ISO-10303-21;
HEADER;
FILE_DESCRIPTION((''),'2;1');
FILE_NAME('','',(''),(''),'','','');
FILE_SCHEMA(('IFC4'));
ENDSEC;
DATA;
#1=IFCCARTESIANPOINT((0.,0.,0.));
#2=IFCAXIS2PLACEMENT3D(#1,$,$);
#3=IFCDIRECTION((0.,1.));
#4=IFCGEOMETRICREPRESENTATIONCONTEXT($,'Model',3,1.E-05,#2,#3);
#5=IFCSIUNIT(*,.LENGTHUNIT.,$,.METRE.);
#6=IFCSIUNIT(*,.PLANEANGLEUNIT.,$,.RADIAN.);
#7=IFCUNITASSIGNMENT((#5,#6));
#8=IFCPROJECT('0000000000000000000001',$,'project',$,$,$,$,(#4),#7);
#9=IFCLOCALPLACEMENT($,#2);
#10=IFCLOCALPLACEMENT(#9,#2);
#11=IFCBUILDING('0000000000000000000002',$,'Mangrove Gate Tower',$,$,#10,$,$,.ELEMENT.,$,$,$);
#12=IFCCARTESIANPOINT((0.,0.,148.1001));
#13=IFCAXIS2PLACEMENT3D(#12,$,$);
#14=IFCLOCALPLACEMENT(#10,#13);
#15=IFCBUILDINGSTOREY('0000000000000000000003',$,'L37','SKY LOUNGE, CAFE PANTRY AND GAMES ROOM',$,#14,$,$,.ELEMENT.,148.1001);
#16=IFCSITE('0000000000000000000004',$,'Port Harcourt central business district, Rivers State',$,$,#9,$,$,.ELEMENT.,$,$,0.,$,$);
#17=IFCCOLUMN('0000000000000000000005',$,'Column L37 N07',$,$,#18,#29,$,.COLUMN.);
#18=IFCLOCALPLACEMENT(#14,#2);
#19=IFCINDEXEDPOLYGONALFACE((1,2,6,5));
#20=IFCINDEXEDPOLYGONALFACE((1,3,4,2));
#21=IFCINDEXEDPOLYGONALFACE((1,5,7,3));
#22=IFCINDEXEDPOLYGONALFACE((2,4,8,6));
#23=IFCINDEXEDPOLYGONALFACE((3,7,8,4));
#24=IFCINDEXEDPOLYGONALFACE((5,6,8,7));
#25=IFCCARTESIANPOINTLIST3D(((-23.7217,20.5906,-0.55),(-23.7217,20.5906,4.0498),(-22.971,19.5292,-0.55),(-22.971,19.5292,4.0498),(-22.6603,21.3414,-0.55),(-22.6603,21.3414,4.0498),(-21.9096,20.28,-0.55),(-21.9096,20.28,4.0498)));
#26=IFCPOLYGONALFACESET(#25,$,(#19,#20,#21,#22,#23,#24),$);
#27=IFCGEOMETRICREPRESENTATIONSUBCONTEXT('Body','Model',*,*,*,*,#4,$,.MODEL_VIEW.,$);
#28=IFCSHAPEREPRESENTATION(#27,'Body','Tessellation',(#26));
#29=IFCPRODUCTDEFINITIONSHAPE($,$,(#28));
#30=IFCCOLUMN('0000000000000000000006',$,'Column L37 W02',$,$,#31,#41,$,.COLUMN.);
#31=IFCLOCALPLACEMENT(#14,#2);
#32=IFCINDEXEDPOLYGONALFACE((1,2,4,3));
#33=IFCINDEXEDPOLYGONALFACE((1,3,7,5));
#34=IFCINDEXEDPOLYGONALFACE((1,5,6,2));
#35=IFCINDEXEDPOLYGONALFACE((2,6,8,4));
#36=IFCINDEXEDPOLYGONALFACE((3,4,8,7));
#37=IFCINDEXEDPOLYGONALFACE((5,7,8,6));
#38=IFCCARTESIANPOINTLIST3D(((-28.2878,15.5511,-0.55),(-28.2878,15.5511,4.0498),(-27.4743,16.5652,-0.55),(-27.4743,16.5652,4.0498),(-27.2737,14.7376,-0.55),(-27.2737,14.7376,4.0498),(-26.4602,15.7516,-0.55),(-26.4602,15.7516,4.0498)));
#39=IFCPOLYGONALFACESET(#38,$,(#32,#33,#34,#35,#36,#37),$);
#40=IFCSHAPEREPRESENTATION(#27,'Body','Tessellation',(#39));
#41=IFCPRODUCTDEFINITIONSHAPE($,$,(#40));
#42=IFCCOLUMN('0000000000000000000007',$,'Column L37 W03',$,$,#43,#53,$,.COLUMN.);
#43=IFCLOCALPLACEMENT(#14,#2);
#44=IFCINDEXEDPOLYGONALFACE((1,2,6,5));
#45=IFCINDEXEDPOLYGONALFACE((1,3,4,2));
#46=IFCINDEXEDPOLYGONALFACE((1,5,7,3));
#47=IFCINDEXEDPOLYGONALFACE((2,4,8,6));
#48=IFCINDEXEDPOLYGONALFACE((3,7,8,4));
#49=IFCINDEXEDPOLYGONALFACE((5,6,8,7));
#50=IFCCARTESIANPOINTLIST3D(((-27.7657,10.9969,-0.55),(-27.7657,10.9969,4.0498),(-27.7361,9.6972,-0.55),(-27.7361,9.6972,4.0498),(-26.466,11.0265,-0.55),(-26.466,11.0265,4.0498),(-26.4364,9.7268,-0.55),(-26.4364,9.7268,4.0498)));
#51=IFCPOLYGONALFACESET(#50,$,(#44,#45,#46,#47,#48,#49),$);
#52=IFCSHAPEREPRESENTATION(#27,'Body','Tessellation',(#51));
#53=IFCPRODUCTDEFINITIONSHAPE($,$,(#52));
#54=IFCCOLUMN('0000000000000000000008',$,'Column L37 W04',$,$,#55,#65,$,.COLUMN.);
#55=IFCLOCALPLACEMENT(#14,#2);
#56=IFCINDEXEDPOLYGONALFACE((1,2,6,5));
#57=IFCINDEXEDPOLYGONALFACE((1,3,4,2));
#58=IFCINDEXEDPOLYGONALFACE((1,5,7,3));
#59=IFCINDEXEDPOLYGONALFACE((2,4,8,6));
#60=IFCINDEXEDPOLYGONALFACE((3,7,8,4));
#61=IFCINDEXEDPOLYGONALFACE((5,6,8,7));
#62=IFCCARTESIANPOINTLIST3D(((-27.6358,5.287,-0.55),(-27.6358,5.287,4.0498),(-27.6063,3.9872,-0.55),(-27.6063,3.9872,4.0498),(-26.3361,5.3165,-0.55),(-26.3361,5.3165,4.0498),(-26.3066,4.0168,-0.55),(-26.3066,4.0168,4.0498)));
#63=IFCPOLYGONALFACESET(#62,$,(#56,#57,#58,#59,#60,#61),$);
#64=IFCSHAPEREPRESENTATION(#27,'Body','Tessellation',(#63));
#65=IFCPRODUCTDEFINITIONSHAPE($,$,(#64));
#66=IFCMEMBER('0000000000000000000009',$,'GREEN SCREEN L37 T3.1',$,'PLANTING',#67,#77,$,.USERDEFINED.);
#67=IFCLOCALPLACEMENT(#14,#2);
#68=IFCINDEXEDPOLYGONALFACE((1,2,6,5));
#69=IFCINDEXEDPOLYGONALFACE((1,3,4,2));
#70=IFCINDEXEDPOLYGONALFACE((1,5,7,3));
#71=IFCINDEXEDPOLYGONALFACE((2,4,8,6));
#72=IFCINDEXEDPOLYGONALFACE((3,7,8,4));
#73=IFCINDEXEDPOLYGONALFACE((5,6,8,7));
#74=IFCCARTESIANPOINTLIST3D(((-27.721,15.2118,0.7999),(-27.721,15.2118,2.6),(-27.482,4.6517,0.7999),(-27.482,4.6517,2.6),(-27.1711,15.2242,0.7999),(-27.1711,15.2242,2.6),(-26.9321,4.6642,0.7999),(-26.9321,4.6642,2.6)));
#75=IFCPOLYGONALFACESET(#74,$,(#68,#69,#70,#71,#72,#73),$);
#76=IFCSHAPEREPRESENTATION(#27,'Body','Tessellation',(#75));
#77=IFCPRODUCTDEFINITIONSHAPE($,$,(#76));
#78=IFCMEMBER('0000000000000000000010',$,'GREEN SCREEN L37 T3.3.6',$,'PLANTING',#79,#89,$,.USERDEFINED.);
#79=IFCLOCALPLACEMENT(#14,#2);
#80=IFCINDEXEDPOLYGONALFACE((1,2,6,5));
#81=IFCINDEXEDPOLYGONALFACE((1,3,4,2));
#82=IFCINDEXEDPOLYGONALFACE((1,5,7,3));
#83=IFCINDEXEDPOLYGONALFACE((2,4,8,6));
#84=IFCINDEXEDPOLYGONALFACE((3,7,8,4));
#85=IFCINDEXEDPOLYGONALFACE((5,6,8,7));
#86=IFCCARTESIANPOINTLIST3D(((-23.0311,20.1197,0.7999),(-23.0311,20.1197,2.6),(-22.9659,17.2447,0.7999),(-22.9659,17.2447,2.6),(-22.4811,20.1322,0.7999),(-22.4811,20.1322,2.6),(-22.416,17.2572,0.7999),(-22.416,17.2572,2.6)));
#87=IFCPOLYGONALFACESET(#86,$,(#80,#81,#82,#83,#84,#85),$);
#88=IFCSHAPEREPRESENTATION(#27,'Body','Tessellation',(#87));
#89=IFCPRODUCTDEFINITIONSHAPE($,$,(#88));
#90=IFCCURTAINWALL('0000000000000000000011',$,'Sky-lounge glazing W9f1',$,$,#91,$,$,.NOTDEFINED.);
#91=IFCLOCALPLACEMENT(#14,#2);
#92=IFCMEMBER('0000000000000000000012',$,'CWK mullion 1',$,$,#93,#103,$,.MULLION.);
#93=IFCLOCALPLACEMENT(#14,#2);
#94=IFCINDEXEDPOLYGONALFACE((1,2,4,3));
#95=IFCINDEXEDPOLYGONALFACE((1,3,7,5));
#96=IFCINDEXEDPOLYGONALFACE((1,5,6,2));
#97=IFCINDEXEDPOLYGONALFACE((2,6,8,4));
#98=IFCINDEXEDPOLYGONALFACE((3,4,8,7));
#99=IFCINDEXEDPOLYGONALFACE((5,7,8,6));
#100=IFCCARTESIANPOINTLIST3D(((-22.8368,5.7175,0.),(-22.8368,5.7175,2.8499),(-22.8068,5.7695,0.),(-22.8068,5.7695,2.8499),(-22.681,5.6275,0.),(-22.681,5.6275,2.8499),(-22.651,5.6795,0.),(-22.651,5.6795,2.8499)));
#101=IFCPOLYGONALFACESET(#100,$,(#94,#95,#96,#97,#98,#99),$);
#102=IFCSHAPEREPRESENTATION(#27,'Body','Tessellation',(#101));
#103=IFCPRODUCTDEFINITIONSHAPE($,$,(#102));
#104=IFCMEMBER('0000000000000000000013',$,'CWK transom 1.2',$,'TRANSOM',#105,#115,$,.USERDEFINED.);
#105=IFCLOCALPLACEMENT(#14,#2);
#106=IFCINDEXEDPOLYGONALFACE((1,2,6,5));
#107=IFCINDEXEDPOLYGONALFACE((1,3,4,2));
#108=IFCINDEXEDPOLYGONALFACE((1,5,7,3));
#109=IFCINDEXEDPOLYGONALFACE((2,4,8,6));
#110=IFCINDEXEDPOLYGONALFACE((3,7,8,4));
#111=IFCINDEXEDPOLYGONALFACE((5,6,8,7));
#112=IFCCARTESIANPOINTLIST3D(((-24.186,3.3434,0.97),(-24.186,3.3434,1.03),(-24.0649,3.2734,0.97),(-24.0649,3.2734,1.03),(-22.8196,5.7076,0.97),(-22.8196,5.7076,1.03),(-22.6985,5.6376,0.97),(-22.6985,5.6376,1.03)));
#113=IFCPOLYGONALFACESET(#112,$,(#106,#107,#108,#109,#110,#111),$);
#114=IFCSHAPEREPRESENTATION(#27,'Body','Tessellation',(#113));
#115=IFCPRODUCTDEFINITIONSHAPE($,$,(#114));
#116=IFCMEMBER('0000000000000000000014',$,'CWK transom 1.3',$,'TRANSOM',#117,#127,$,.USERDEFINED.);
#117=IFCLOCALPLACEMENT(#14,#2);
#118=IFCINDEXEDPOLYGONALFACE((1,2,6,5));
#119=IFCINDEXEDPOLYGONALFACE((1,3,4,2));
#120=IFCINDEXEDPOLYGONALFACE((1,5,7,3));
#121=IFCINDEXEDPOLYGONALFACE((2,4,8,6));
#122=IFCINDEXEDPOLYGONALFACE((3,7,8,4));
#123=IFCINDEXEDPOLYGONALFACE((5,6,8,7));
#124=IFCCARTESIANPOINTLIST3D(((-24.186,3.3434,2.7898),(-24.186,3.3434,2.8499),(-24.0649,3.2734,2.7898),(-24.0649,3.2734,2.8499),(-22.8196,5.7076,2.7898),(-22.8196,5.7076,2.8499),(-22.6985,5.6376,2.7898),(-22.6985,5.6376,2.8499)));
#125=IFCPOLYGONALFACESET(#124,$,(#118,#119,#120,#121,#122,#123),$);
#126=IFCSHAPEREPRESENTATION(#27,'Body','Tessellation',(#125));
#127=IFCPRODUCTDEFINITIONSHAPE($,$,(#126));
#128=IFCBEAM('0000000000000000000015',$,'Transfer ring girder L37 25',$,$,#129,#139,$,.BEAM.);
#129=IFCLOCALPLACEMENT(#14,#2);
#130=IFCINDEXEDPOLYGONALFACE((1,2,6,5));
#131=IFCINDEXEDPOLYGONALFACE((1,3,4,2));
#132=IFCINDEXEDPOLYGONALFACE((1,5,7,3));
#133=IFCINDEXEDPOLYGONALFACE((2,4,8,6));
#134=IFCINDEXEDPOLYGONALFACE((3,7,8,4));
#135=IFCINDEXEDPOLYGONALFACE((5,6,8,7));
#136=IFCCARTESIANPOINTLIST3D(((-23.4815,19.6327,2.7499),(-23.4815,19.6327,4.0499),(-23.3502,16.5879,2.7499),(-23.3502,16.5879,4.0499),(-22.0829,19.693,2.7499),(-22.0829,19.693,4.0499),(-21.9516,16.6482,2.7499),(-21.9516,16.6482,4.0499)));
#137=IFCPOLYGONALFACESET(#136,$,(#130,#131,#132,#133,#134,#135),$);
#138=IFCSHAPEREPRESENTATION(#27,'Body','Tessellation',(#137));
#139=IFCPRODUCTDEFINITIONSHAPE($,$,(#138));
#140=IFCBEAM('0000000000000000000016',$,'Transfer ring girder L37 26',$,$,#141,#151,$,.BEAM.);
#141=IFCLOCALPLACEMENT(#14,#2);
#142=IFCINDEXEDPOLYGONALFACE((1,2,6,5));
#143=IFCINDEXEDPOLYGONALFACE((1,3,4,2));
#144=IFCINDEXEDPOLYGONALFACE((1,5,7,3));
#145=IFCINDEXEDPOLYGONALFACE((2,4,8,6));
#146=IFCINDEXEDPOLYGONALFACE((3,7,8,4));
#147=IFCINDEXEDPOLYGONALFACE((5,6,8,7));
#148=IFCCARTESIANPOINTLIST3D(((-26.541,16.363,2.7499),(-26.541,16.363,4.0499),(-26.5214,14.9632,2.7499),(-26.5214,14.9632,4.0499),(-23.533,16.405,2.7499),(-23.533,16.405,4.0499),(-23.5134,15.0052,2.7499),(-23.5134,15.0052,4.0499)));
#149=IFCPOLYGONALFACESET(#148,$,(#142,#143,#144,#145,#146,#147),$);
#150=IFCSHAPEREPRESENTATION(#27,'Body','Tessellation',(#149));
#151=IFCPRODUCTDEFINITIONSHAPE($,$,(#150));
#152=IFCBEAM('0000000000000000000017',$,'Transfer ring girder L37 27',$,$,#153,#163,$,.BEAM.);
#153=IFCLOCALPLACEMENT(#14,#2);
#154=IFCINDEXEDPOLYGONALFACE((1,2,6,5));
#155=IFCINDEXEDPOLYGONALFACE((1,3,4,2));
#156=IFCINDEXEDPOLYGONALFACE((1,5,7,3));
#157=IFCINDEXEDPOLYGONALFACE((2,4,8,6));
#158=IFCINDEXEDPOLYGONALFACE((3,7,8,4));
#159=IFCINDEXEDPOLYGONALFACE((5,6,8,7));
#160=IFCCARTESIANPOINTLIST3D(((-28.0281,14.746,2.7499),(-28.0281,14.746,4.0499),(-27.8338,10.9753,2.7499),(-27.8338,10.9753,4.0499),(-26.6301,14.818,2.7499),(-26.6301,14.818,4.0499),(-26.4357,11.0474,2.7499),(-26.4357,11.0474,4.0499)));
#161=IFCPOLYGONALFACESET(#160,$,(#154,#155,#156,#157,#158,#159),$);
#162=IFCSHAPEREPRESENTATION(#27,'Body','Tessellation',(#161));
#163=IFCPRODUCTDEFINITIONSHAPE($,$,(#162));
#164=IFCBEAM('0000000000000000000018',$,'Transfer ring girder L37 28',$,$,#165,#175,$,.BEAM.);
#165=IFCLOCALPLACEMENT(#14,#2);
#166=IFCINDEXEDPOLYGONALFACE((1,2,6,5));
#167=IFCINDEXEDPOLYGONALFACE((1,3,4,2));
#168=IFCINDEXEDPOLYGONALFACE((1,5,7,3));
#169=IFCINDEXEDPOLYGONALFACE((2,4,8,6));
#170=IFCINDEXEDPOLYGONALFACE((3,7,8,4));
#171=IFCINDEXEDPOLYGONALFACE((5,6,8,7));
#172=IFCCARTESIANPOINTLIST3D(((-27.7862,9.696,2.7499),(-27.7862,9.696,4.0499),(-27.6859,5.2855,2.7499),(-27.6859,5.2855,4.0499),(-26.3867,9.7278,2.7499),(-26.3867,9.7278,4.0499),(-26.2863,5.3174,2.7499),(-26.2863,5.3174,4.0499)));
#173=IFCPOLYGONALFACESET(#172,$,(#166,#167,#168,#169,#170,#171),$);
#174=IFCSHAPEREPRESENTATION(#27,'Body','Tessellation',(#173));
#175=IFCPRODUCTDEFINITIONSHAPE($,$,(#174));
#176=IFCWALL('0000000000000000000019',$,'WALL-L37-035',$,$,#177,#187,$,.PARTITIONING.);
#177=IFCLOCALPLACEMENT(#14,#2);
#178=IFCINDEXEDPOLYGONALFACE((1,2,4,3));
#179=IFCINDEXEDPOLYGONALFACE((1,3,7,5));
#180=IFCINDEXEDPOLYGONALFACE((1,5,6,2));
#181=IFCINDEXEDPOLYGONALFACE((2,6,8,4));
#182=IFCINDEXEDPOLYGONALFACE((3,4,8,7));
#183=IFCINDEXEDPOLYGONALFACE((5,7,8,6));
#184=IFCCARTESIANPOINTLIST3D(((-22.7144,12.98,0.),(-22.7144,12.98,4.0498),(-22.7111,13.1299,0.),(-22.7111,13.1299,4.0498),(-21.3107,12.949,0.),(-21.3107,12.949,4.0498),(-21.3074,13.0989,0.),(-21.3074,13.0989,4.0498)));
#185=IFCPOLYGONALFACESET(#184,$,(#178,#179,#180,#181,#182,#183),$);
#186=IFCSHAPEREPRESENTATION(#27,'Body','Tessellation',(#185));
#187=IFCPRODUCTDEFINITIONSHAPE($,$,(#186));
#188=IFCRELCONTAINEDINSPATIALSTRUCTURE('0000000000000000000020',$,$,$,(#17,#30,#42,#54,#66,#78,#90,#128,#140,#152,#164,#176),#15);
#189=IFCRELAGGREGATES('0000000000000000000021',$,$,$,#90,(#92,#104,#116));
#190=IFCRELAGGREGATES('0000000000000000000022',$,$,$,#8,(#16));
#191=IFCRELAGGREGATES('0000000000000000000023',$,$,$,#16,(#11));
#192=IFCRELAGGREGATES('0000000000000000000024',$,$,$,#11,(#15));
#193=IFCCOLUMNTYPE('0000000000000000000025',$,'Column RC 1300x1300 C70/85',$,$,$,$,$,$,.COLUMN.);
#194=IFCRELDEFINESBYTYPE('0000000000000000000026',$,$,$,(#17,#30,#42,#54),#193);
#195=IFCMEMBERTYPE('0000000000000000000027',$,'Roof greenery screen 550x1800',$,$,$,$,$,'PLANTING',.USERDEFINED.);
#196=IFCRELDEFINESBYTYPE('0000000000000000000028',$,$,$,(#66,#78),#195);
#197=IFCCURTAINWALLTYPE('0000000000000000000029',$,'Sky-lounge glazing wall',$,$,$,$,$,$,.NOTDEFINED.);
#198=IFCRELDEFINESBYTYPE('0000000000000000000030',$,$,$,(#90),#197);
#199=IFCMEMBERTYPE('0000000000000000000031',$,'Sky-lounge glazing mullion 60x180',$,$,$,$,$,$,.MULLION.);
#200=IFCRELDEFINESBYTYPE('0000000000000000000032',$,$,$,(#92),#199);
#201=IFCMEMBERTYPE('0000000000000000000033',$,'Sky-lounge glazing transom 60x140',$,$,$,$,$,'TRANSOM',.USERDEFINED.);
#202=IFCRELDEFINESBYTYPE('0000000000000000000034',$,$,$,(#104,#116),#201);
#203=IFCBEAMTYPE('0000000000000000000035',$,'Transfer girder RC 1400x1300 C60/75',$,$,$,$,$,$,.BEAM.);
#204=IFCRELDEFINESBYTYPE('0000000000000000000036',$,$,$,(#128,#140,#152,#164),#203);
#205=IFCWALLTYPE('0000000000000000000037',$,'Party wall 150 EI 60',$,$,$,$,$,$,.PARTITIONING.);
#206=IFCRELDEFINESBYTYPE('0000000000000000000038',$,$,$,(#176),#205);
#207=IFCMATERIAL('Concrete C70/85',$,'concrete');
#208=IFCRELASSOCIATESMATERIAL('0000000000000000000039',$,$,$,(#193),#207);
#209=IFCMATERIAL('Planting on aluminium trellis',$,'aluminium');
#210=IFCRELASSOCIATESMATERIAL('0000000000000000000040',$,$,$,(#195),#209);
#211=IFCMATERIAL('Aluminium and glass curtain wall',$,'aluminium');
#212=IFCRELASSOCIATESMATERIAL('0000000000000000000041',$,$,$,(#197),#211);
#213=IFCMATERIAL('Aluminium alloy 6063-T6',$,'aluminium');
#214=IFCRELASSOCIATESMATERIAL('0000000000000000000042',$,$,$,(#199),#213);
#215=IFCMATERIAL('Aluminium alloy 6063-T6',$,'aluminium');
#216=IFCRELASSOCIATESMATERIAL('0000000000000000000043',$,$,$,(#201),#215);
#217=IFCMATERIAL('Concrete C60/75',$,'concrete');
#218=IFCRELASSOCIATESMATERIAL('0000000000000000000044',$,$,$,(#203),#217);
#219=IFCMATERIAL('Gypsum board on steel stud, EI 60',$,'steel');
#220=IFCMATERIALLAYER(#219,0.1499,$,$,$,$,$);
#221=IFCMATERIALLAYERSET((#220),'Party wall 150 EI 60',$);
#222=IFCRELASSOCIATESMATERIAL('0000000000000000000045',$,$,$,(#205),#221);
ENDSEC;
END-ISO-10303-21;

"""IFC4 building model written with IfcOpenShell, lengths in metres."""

from ifc_helpers import new_model, si_unit, direction, frame, frame_2d, origin, origin_2d, place, context, subcontext, project, spatial, rectangle, extrude, material, layer, layer_set, material_profile, profile_set, type_object, element, aggregate, save


model = new_model("IFC4")

# Units and contexts
model_context = context("Model", 3, precision=1e-05, world=origin(), true_north=direction((0.0, 1.0)))
body_context = subcontext(model_context, "Body", "Model", "MODEL_VIEW")
ifc_project = project(units=[si_unit("LENGTHUNIT", "METRE"), si_unit("PLANEANGLEUNIT", "RADIAN")], contexts=[model_context])

# Site, building, storey
site_placement = place(None, origin())
site = spatial("IfcSite", under=ifc_project, at=site_placement, Name="Port Harcourt central business district, Rivers State", CompositionType="ELEMENT", RefElevation=0.0)
building_placement = place(site_placement, origin())
building = spatial("IfcBuilding", under=site, at=building_placement, Name="Mangrove Gate Tower", CompositionType="ELEMENT")
storey_placement = place(building_placement, frame((0.0, 0.0, 148.1001)))
storey = spatial("IfcBuildingStorey", under=building, at=storey_placement, Name="L37", Description="SKY LOUNGE, CAFE PANTRY AND GAMES ROOM", CompositionType="ELEMENT", Elevation=148.1001)

# Columns
ifc_material_1 = material(Name="Concrete C70/85", Category="concrete")
ifc_material_profile_1 = material_profile(ifc_material_1, rectangle(XDim=1.3, YDim=1.3, at=origin_2d()))
ifc_profile_set_1 = profile_set([ifc_material_profile_1], Name="Concrete C70/85")
column_type = type_object("IfcColumnType", Name="Column RC 1300x1300 C70/85", PredefinedType="COLUMN", material=ifc_profile_set_1)
for number, where, z_axis, x_axis, name in (
    (1, (-22.8157, 20.4353, -0.55), (0.0, 0.0, 1.0), (-0.816422, -0.577455, 0.0), "Column L37 N07"),
    (2, (-27.374, 15.6514, -0.55), (0.0, 0.0, 1.0), (-0.625757, -0.780018, 0.0), "Column L37 W02"),
    (3, (-27.1011, 10.3618, -0.55), (0.0, 0.0, 1.0), (0.022759, -0.999741, 0.0), "Column L37 W03"),
    (4, (-26.9712, 4.6519, -0.55), (0.0, 0.0, 1.0), (0.02271, -0.999742, 0.0), "Column L37 W04"),
):
    element("IfcColumn", number, at=place(storey_placement, frame(where, z_axis=z_axis, x_axis=x_axis)), inside=storey, type_object=column_type, Name=name, PredefinedType="COLUMN", context=body_context, shape_type="SweptSolid", body=[
        extrude(rectangle(XDim=1.3, YDim=1.3, at=origin_2d()), origin(), (0.0, 0.0, 1.0), 4.5999),
    ])

# Members
ifc_material_2 = material(Name="Planting on aluminium trellis", Category="aluminium")
ifc_material_profile_2 = material_profile(ifc_material_2, rectangle(XDim=0.55, YDim=1.8, at=origin_2d()))
ifc_profile_set_2 = profile_set([ifc_material_profile_2], Name="Planting on aluminium trellis")
member_type_1 = type_object("IfcMemberType", Name="Roof greenery screen 550x1800", ElementType="PLANTING", PredefinedType="USERDEFINED", material=ifc_profile_set_2)
member_1_placement = place(storey_placement, frame((-27.207, 4.658, 1.7), z_axis=(-0.022628, 0.999744, 0.0), x_axis=(-0.999744, -0.022628, 0.0)))
element("IfcMember", 5, at=member_1_placement, inside=storey, type_object=member_type_1, Name="GREEN SCREEN L37 T3.1", ObjectType="PLANTING", PredefinedType="USERDEFINED", context=body_context, shape_type="SweptSolid", body=[
    extrude(rectangle(XDim=0.55, YDim=1.8, at=origin_2d()), origin(), (0.0, 0.0, 1.0), 10.5627),
])
member_2_placement = place(storey_placement, frame((-22.6909, 17.251, 1.7), z_axis=(-0.022667, 0.999743, 0.0), x_axis=(-0.999743, -0.022667, 0.0)))
element("IfcMember", 6, at=member_2_placement, inside=storey, type_object=member_type_1, Name="GREEN SCREEN L37 T3.3.6", ObjectType="PLANTING", PredefinedType="USERDEFINED", context=body_context, shape_type="SweptSolid", body=[
    extrude(rectangle(XDim=0.55, YDim=1.8, at=origin_2d()), origin(), (0.0, 0.0, 1.0), 2.8757),
])

# Curtain wall, members
ifc_material_3 = material(Name="Aluminium and glass curtain wall", Category="aluminium")
curtain_wall_type = type_object("IfcCurtainWallType", Name="Sky-lounge glazing wall", PredefinedType="NOTDEFINED", material=ifc_material_3)
curtain_wall_placement = place(storey_placement, origin())
curtain_wall = element("IfcCurtainWall", 7, at=curtain_wall_placement, inside=storey, type_object=curtain_wall_type, Name="Sky-lounge glazing W9f1", PredefinedType="NOTDEFINED")
ifc_material_4 = material(Name="Aluminium alloy 6063-T6", Category="aluminium")
ifc_material_profile_3 = material_profile(ifc_material_4, rectangle(XDim=0.0601, YDim=0.1799, at=origin_2d()))
ifc_profile_set_3 = profile_set([ifc_material_profile_3], Name="Aluminium alloy 6063-T6")
member_type_2 = type_object("IfcMemberType", Name="Sky-lounge glazing mullion 60x180", PredefinedType="MULLION", material=ifc_profile_set_3)
member_3_placement = place(storey_placement, frame((-22.7439, 5.6985, 0.0), z_axis=(0.0, 0.0, 1.0), x_axis=(-0.500418, -0.865784, 0.0)))
member_3 = element("IfcMember", 8, at=member_3_placement, type_object=member_type_2, Name="CWK mullion 1", PredefinedType="MULLION", context=body_context, shape_type="SweptSolid", body=[
    extrude(rectangle(XDim=0.0601, YDim=0.1799, at=origin_2d()), origin(), (0.0, 0.0, 1.0), 2.8499),
])
ifc_material_5 = material(Name="Aluminium alloy 6063-T6", Category="aluminium")
ifc_material_profile_4 = material_profile(ifc_material_5, rectangle(XDim=0.0601, YDim=0.1399, at=origin_2d()))
ifc_profile_set_4 = profile_set([ifc_material_profile_4], Name="Aluminium alloy 6063-T6")
member_type_3 = type_object("IfcMemberType", Name="Sky-lounge glazing transom 60x140", ElementType="TRANSOM", PredefinedType="USERDEFINED", material=ifc_profile_set_4)
member_4_placement = place(storey_placement, frame((-22.759, 5.6726, 1.0), z_axis=(-0.500398, -0.865795, 0.0), x_axis=(0.0, 0.0, 1.0)))
member_4 = element("IfcMember", 9, at=member_4_placement, type_object=member_type_3, Name="CWK transom 1.2", ObjectType="TRANSOM", PredefinedType="USERDEFINED", context=body_context, shape_type="SweptSolid", body=[
    extrude(rectangle(XDim=0.0601, YDim=0.1399, at=origin_2d()), origin(), (0.0, 0.0, 1.0), 2.7307),
])
member_5_placement = place(storey_placement, frame((-22.759, 5.6726, 2.8198), z_axis=(-0.500398, -0.865795, 0.0), x_axis=(0.0, 0.0, 1.0)))
member_5 = element("IfcMember", 10, at=member_5_placement, type_object=member_type_3, Name="CWK transom 1.3", ObjectType="TRANSOM", PredefinedType="USERDEFINED", context=body_context, shape_type="SweptSolid", body=[
    extrude(rectangle(XDim=0.0601, YDim=0.1399, at=origin_2d()), origin(), (0.0, 0.0, 1.0), 2.7307),
])
aggregate(curtain_wall, [member_3, member_4, member_5])

# Beams
ifc_material_6 = material(Name="Concrete C60/75", Category="concrete")
ifc_material_profile_5 = material_profile(ifc_material_6, rectangle(XDim=1.3999, YDim=1.3, at=origin_2d()))
ifc_profile_set_5 = profile_set([ifc_material_profile_5], Name="Concrete C60/75")
beam_type = type_object("IfcBeamType", Name="Transfer girder RC 1400x1300 C60/75", PredefinedType="BEAM", material=ifc_profile_set_5)
beam_1_placement = place(storey_placement, frame((-22.7822, 19.6628, 3.3999), z_axis=(0.0431, -0.999071, 0.0), x_axis=(0.999071, 0.0431, 0.0)))
element("IfcBeam", 11, at=beam_1_placement, inside=storey, type_object=beam_type, Name="Transfer ring girder L37 25", PredefinedType="BEAM", context=body_context, shape_type="SweptSolid", body=[
    extrude(rectangle(XDim=1.3999, YDim=1.3, at=origin_2d()), origin(), (0.0, 0.0, 1.0), 3.0476),
])
beam_2_placement = place(storey_placement, frame((-23.5232, 15.7051, 3.3999), z_axis=(-0.999903, -0.013959, 0.0), x_axis=(0.013959, -0.999903, 0.0)))
element("IfcBeam", 12, at=beam_2_placement, inside=storey, type_object=beam_type, Name="Transfer ring girder L37 26", PredefinedType="BEAM", context=body_context, shape_type="SweptSolid", body=[
    extrude(rectangle(XDim=1.3999, YDim=1.3, at=origin_2d()), origin(), (0.0, 0.0, 1.0), 3.0083),
])
beam_3_placement = place(storey_placement, frame((-27.3291, 14.782, 3.3999), z_axis=(0.051469, -0.998675, 0.0), x_axis=(0.998675, 0.051469, 0.0)))
element("IfcBeam", 13, at=beam_3_placement, inside=storey, type_object=beam_type, Name="Transfer ring girder L37 27", PredefinedType="BEAM", context=body_context, shape_type="SweptSolid", body=[
    extrude(rectangle(XDim=1.3999, YDim=1.3, at=origin_2d()), origin(), (0.0, 0.0, 1.0), 3.7756),
])
beam_4_placement = place(storey_placement, frame((-27.0864, 9.7119, 3.3999), z_axis=(0.022745, -0.999741, 0.0), x_axis=(0.999741, 0.022745, 0.0)))
element("IfcBeam", 14, at=beam_4_placement, inside=storey, type_object=beam_type, Name="Transfer ring girder L37 28", PredefinedType="BEAM", context=body_context, shape_type="SweptSolid", body=[
    extrude(rectangle(XDim=1.3999, YDim=1.3, at=origin_2d()), origin(), (0.0, 0.0, 1.0), 4.4116),
])

# Wall
ifc_material_7 = material(Name="Gypsum board on steel stud, EI 60", Category="steel")
ifc_layer_1 = layer(ifc_material_7, 0.1499)
ifc_layer_set_1 = layer_set([ifc_layer_1], Name="Party wall 150 EI 60")
wall_type_1 = type_object("IfcWallType", Name="Party wall 150 EI 60", PredefinedType="PARTITIONING", material=ifc_layer_set_1)
wall_1_placement = place(storey_placement, frame((-22.7129, 13.0549, 0.0), z_axis=(0.0, 0.0, 1.0), x_axis=(0.999756, -0.022082, 0.0)))
element("IfcWall", 15, at=wall_1_placement, inside=storey, type_object=wall_type_1, Name="WALL-L37-035", PredefinedType="PARTITIONING", context=body_context, shape_type="SweptSolid", body=[
    extrude(rectangle(XDim=1.4041, YDim=0.1499, at=frame_2d((0.7021, 0.0))), origin(), (0.0, 0.0, 1.0), 4.0498),
])

save(model, "model.ifc")
